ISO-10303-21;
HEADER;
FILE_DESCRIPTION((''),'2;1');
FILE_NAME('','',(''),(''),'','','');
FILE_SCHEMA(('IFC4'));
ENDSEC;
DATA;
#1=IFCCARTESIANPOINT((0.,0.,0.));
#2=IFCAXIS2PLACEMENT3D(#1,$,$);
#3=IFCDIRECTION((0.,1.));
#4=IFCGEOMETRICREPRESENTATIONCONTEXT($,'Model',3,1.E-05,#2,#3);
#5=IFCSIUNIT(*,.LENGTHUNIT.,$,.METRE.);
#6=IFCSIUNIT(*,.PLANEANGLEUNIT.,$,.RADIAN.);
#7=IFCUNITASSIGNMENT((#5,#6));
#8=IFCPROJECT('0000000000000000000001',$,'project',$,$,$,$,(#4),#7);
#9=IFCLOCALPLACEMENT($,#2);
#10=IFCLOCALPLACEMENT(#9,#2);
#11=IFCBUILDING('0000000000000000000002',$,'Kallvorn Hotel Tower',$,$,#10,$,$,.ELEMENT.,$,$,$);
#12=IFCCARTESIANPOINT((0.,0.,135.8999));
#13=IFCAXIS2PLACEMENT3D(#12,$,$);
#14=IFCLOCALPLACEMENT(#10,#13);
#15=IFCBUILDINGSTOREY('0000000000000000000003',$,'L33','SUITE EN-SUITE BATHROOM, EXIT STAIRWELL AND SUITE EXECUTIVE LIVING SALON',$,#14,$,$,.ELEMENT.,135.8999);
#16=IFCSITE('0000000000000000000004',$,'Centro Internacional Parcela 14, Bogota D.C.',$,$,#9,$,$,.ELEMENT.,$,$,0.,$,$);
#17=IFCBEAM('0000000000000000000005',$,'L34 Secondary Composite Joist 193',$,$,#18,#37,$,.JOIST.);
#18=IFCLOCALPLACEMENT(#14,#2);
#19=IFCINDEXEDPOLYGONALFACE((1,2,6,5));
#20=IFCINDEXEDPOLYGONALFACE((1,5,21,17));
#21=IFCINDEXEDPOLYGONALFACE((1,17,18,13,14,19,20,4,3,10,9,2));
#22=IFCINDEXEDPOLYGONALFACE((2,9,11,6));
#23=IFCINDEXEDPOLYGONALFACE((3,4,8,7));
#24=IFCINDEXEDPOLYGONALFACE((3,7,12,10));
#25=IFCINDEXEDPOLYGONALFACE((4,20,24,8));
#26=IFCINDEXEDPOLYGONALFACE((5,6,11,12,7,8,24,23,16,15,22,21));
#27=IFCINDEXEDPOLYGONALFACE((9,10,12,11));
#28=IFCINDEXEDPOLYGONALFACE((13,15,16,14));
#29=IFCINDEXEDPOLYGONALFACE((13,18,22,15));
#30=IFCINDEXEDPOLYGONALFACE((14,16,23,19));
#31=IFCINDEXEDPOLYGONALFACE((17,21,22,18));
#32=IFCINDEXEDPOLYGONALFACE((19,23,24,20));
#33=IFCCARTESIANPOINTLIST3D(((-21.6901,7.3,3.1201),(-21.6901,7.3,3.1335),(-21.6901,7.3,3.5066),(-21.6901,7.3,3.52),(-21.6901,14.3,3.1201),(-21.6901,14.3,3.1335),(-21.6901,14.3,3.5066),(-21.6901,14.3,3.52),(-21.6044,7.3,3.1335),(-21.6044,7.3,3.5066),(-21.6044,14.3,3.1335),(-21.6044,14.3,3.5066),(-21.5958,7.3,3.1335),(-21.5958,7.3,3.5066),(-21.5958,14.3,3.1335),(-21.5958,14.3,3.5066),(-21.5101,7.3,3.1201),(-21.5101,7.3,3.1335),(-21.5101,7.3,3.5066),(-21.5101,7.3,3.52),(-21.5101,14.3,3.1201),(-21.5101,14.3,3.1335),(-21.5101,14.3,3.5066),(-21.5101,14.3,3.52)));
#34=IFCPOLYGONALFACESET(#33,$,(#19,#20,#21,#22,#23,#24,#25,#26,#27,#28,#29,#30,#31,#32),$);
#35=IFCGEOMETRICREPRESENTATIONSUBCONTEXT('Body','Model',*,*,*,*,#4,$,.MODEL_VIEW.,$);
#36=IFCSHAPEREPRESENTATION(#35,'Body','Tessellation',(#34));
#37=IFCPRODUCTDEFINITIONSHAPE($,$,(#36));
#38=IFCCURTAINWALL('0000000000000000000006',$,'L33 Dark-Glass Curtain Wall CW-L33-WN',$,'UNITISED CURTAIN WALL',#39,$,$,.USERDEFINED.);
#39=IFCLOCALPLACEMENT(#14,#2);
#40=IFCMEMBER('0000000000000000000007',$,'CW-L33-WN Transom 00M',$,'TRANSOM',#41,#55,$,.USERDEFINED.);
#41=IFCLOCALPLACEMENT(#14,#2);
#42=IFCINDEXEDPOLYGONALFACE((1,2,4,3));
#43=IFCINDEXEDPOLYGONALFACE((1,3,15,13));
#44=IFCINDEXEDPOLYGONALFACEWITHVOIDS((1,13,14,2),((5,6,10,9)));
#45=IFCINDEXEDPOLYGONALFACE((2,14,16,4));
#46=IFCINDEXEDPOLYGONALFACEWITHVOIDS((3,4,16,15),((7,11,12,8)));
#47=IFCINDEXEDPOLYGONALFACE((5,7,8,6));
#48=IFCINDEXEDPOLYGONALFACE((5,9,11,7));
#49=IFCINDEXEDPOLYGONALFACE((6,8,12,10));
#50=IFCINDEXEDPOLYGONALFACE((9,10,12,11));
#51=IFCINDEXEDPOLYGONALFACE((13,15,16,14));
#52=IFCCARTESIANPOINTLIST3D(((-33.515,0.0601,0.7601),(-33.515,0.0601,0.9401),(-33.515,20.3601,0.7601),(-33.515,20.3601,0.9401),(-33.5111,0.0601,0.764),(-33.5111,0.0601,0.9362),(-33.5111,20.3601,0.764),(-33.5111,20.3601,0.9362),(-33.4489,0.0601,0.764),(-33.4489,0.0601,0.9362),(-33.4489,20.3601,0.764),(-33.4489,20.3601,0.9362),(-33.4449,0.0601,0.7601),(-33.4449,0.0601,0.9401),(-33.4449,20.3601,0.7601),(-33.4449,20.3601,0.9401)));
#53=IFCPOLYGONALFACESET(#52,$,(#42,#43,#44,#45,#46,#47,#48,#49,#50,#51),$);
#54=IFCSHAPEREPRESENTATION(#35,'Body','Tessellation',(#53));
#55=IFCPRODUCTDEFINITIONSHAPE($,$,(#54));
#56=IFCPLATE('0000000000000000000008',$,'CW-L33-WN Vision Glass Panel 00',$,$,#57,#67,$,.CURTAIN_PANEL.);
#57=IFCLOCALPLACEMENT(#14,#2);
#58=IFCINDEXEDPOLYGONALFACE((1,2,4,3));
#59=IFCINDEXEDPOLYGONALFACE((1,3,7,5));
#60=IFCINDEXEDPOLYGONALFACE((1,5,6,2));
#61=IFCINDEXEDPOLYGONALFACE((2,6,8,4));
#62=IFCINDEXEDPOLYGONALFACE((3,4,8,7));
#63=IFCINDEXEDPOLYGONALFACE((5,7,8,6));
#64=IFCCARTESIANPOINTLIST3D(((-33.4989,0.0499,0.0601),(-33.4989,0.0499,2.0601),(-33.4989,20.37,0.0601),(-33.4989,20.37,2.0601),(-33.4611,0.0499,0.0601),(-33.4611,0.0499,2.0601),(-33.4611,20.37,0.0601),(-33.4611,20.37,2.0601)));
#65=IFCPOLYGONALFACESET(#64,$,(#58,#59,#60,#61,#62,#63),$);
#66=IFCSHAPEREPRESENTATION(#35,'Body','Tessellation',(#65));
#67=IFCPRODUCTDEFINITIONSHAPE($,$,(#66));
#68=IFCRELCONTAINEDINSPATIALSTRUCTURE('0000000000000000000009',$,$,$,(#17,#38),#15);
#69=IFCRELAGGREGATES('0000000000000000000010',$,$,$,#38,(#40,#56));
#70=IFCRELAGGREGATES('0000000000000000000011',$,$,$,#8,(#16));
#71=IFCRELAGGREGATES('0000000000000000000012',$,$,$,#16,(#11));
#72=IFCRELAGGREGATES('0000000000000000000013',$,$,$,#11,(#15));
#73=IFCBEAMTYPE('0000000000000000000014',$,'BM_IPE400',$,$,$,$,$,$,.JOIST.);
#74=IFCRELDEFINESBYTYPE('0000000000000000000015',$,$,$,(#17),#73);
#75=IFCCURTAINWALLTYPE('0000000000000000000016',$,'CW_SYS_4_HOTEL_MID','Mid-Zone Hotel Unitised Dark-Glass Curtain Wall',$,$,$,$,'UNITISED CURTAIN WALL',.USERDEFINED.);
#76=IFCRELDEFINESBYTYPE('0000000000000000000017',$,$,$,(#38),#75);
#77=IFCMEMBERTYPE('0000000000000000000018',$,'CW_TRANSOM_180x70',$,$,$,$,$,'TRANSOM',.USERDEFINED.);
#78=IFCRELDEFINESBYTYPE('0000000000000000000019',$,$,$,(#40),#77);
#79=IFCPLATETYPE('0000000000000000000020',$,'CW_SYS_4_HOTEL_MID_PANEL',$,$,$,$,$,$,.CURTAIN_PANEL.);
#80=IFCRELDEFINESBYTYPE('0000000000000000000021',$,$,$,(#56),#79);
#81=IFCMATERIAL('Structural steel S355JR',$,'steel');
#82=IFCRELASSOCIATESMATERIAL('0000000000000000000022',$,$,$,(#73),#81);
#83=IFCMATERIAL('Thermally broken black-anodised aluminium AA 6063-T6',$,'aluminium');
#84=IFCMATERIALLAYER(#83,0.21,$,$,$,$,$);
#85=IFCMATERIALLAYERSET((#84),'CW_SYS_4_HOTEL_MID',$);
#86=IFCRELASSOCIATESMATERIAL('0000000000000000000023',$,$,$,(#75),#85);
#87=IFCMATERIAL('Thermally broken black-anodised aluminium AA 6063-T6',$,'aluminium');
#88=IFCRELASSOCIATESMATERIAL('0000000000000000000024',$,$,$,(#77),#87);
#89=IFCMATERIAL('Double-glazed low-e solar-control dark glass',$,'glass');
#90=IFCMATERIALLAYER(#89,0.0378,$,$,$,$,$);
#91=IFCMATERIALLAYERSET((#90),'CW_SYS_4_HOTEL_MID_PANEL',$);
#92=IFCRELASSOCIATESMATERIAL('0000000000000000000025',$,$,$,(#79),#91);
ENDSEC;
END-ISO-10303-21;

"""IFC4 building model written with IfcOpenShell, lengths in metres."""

from ifc_helpers import new_model, si_unit, direction, frame, origin, origin_2d, place, context, subcontext, project, spatial, rectangle, hollow_rectangle, i_section, extrude, material, layer, layer_set, material_profile, profile_set, type_object, element, aggregate, save


model = new_model("IFC4")

# Units and contexts
model_context = context("Model", 3, precision=1e-05, world=origin(), true_north=direction((0.0, 1.0)))
body_context = subcontext(model_context, "Body", "Model", "MODEL_VIEW")
ifc_project = project(units=[si_unit("LENGTHUNIT", "METRE"), si_unit("PLANEANGLEUNIT", "RADIAN")], contexts=[model_context])

# Site, building, storey
site_placement = place(None, origin())
site = spatial("IfcSite", under=ifc_project, at=site_placement, Name="Centro Internacional Parcela 14, Bogota D.C.", CompositionType="ELEMENT", RefElevation=0.0)
building_placement = place(site_placement, origin())
building = spatial("IfcBuilding", under=site, at=building_placement, Name="Kallvorn Hotel Tower", CompositionType="ELEMENT")
storey_placement = place(building_placement, frame((0.0, 0.0, 135.8999)))
storey = spatial("IfcBuildingStorey", under=building, at=storey_placement, Name="L33", Description="SUITE EN-SUITE BATHROOM, EXIT STAIRWELL AND SUITE EXECUTIVE LIVING SALON", CompositionType="ELEMENT", Elevation=135.8999)

# Beam
ifc_material_1 = material(Name="Structural steel S355JR", Category="steel")
ifc_material_profile_1 = material_profile(ifc_material_1, i_section(OverallWidth=0.1799, OverallDepth=0.3999, WebThickness=0.0085, FlangeThickness=0.0134, at=origin_2d()), Name="IPE 400")
ifc_profile_set_1 = profile_set([ifc_material_profile_1], Name="Structural steel S355JR")
beam_type_1 = type_object("IfcBeamType", Name="BM_IPE400", PredefinedType="JOIST", material=ifc_profile_set_1)
beam_1_placement = place(storey_placement, frame((-21.6001, 7.3, 3.3201), z_axis=(0.0, 1.0, 0.0), x_axis=(-1.0, 0.0, 0.0)))
element("IfcBeam", 1, at=beam_1_placement, inside=storey, type_object=beam_type_1, Name="L34 Secondary Composite Joist 193", PredefinedType="JOIST", context=body_context, shape_type="SweptSolid", body=[
    extrude(i_section(OverallWidth=0.1799, OverallDepth=0.3999, WebThickness=0.0085, FlangeThickness=0.0134, at=origin_2d()), origin(), (0.0, 0.0, 1.0), 7.0),
])

# Curtain wall, member, plate
ifc_material_2 = material(Name="Thermally broken black-anodised aluminium AA 6063-T6", Category="aluminium")
ifc_layer_1 = layer(ifc_material_2, 0.21)
ifc_layer_set_1 = layer_set([ifc_layer_1], Name="CW_SYS_4_HOTEL_MID")
curtain_wall_type = type_object("IfcCurtainWallType", Name="CW_SYS_4_HOTEL_MID", Description="Mid-Zone Hotel Unitised Dark-Glass Curtain Wall", ElementType="UNITISED CURTAIN WALL", PredefinedType="USERDEFINED", material=ifc_layer_set_1)
curtain_wall_placement = place(storey_placement, origin())
curtain_wall = element("IfcCurtainWall", 2, at=curtain_wall_placement, inside=storey, type_object=curtain_wall_type, Name="L33 Dark-Glass Curtain Wall CW-L33-WN", ObjectType="UNITISED CURTAIN WALL", PredefinedType="USERDEFINED")
ifc_material_3 = material(Name="Thermally broken black-anodised aluminium AA 6063-T6", Category="aluminium")
ifc_material_profile_2 = material_profile(ifc_material_3, hollow_rectangle(XDim=0.0701, YDim=0.1799, WallThickness=0.0039, at=origin_2d()), Name="TRN 180x70")
ifc_profile_set_2 = profile_set([ifc_material_profile_2], Name="Thermally broken black-anodised aluminium AA 6063-T6")
member_type = type_object("IfcMemberType", Name="CW_TRANSOM_180x70", ElementType="TRANSOM", PredefinedType="USERDEFINED", material=ifc_profile_set_2)
member_placement = place(storey_placement, frame((-33.48, 0.0601, 0.8501), z_axis=(0.0, 1.0, 0.0), x_axis=(-1.0, 0.0, 0.0)))
member = element("IfcMember", 3, at=member_placement, type_object=member_type, Name="CW-L33-WN Transom 00M", ObjectType="TRANSOM", PredefinedType="USERDEFINED", context=body_context, shape_type="SweptSolid", body=[
    extrude(hollow_rectangle(XDim=0.0701, YDim=0.1799, WallThickness=0.0039, at=origin_2d()), origin(), (0.0, 0.0, 1.0), 20.3),
])
ifc_material_4 = material(Name="Double-glazed low-e solar-control dark glass", Category="glass")
ifc_layer_2 = layer(ifc_material_4, 0.0378)
ifc_layer_set_2 = layer_set([ifc_layer_2], Name="CW_SYS_4_HOTEL_MID_PANEL")
plate_type = type_object("IfcPlateType", Name="CW_SYS_4_HOTEL_MID_PANEL", PredefinedType="CURTAIN_PANEL", material=ifc_layer_set_2)
plate_placement = place(storey_placement, frame((-33.48, 10.21, 0.0601), z_axis=(0.0, 0.0, 1.0), x_axis=(0.0, 1.0, 0.0)))
plate = element("IfcPlate", 4, at=plate_placement, type_object=plate_type, Name="CW-L33-WN Vision Glass Panel 00", PredefinedType="CURTAIN_PANEL", context=body_context, shape_type="SweptSolid", body=[
    extrude(rectangle(XDim=20.3201, YDim=0.0378, at=origin_2d()), origin(), (0.0, 0.0, 1.0), 2.0),
])
aggregate(curtain_wall, [member, plate])

save(model, "model.ifc")
